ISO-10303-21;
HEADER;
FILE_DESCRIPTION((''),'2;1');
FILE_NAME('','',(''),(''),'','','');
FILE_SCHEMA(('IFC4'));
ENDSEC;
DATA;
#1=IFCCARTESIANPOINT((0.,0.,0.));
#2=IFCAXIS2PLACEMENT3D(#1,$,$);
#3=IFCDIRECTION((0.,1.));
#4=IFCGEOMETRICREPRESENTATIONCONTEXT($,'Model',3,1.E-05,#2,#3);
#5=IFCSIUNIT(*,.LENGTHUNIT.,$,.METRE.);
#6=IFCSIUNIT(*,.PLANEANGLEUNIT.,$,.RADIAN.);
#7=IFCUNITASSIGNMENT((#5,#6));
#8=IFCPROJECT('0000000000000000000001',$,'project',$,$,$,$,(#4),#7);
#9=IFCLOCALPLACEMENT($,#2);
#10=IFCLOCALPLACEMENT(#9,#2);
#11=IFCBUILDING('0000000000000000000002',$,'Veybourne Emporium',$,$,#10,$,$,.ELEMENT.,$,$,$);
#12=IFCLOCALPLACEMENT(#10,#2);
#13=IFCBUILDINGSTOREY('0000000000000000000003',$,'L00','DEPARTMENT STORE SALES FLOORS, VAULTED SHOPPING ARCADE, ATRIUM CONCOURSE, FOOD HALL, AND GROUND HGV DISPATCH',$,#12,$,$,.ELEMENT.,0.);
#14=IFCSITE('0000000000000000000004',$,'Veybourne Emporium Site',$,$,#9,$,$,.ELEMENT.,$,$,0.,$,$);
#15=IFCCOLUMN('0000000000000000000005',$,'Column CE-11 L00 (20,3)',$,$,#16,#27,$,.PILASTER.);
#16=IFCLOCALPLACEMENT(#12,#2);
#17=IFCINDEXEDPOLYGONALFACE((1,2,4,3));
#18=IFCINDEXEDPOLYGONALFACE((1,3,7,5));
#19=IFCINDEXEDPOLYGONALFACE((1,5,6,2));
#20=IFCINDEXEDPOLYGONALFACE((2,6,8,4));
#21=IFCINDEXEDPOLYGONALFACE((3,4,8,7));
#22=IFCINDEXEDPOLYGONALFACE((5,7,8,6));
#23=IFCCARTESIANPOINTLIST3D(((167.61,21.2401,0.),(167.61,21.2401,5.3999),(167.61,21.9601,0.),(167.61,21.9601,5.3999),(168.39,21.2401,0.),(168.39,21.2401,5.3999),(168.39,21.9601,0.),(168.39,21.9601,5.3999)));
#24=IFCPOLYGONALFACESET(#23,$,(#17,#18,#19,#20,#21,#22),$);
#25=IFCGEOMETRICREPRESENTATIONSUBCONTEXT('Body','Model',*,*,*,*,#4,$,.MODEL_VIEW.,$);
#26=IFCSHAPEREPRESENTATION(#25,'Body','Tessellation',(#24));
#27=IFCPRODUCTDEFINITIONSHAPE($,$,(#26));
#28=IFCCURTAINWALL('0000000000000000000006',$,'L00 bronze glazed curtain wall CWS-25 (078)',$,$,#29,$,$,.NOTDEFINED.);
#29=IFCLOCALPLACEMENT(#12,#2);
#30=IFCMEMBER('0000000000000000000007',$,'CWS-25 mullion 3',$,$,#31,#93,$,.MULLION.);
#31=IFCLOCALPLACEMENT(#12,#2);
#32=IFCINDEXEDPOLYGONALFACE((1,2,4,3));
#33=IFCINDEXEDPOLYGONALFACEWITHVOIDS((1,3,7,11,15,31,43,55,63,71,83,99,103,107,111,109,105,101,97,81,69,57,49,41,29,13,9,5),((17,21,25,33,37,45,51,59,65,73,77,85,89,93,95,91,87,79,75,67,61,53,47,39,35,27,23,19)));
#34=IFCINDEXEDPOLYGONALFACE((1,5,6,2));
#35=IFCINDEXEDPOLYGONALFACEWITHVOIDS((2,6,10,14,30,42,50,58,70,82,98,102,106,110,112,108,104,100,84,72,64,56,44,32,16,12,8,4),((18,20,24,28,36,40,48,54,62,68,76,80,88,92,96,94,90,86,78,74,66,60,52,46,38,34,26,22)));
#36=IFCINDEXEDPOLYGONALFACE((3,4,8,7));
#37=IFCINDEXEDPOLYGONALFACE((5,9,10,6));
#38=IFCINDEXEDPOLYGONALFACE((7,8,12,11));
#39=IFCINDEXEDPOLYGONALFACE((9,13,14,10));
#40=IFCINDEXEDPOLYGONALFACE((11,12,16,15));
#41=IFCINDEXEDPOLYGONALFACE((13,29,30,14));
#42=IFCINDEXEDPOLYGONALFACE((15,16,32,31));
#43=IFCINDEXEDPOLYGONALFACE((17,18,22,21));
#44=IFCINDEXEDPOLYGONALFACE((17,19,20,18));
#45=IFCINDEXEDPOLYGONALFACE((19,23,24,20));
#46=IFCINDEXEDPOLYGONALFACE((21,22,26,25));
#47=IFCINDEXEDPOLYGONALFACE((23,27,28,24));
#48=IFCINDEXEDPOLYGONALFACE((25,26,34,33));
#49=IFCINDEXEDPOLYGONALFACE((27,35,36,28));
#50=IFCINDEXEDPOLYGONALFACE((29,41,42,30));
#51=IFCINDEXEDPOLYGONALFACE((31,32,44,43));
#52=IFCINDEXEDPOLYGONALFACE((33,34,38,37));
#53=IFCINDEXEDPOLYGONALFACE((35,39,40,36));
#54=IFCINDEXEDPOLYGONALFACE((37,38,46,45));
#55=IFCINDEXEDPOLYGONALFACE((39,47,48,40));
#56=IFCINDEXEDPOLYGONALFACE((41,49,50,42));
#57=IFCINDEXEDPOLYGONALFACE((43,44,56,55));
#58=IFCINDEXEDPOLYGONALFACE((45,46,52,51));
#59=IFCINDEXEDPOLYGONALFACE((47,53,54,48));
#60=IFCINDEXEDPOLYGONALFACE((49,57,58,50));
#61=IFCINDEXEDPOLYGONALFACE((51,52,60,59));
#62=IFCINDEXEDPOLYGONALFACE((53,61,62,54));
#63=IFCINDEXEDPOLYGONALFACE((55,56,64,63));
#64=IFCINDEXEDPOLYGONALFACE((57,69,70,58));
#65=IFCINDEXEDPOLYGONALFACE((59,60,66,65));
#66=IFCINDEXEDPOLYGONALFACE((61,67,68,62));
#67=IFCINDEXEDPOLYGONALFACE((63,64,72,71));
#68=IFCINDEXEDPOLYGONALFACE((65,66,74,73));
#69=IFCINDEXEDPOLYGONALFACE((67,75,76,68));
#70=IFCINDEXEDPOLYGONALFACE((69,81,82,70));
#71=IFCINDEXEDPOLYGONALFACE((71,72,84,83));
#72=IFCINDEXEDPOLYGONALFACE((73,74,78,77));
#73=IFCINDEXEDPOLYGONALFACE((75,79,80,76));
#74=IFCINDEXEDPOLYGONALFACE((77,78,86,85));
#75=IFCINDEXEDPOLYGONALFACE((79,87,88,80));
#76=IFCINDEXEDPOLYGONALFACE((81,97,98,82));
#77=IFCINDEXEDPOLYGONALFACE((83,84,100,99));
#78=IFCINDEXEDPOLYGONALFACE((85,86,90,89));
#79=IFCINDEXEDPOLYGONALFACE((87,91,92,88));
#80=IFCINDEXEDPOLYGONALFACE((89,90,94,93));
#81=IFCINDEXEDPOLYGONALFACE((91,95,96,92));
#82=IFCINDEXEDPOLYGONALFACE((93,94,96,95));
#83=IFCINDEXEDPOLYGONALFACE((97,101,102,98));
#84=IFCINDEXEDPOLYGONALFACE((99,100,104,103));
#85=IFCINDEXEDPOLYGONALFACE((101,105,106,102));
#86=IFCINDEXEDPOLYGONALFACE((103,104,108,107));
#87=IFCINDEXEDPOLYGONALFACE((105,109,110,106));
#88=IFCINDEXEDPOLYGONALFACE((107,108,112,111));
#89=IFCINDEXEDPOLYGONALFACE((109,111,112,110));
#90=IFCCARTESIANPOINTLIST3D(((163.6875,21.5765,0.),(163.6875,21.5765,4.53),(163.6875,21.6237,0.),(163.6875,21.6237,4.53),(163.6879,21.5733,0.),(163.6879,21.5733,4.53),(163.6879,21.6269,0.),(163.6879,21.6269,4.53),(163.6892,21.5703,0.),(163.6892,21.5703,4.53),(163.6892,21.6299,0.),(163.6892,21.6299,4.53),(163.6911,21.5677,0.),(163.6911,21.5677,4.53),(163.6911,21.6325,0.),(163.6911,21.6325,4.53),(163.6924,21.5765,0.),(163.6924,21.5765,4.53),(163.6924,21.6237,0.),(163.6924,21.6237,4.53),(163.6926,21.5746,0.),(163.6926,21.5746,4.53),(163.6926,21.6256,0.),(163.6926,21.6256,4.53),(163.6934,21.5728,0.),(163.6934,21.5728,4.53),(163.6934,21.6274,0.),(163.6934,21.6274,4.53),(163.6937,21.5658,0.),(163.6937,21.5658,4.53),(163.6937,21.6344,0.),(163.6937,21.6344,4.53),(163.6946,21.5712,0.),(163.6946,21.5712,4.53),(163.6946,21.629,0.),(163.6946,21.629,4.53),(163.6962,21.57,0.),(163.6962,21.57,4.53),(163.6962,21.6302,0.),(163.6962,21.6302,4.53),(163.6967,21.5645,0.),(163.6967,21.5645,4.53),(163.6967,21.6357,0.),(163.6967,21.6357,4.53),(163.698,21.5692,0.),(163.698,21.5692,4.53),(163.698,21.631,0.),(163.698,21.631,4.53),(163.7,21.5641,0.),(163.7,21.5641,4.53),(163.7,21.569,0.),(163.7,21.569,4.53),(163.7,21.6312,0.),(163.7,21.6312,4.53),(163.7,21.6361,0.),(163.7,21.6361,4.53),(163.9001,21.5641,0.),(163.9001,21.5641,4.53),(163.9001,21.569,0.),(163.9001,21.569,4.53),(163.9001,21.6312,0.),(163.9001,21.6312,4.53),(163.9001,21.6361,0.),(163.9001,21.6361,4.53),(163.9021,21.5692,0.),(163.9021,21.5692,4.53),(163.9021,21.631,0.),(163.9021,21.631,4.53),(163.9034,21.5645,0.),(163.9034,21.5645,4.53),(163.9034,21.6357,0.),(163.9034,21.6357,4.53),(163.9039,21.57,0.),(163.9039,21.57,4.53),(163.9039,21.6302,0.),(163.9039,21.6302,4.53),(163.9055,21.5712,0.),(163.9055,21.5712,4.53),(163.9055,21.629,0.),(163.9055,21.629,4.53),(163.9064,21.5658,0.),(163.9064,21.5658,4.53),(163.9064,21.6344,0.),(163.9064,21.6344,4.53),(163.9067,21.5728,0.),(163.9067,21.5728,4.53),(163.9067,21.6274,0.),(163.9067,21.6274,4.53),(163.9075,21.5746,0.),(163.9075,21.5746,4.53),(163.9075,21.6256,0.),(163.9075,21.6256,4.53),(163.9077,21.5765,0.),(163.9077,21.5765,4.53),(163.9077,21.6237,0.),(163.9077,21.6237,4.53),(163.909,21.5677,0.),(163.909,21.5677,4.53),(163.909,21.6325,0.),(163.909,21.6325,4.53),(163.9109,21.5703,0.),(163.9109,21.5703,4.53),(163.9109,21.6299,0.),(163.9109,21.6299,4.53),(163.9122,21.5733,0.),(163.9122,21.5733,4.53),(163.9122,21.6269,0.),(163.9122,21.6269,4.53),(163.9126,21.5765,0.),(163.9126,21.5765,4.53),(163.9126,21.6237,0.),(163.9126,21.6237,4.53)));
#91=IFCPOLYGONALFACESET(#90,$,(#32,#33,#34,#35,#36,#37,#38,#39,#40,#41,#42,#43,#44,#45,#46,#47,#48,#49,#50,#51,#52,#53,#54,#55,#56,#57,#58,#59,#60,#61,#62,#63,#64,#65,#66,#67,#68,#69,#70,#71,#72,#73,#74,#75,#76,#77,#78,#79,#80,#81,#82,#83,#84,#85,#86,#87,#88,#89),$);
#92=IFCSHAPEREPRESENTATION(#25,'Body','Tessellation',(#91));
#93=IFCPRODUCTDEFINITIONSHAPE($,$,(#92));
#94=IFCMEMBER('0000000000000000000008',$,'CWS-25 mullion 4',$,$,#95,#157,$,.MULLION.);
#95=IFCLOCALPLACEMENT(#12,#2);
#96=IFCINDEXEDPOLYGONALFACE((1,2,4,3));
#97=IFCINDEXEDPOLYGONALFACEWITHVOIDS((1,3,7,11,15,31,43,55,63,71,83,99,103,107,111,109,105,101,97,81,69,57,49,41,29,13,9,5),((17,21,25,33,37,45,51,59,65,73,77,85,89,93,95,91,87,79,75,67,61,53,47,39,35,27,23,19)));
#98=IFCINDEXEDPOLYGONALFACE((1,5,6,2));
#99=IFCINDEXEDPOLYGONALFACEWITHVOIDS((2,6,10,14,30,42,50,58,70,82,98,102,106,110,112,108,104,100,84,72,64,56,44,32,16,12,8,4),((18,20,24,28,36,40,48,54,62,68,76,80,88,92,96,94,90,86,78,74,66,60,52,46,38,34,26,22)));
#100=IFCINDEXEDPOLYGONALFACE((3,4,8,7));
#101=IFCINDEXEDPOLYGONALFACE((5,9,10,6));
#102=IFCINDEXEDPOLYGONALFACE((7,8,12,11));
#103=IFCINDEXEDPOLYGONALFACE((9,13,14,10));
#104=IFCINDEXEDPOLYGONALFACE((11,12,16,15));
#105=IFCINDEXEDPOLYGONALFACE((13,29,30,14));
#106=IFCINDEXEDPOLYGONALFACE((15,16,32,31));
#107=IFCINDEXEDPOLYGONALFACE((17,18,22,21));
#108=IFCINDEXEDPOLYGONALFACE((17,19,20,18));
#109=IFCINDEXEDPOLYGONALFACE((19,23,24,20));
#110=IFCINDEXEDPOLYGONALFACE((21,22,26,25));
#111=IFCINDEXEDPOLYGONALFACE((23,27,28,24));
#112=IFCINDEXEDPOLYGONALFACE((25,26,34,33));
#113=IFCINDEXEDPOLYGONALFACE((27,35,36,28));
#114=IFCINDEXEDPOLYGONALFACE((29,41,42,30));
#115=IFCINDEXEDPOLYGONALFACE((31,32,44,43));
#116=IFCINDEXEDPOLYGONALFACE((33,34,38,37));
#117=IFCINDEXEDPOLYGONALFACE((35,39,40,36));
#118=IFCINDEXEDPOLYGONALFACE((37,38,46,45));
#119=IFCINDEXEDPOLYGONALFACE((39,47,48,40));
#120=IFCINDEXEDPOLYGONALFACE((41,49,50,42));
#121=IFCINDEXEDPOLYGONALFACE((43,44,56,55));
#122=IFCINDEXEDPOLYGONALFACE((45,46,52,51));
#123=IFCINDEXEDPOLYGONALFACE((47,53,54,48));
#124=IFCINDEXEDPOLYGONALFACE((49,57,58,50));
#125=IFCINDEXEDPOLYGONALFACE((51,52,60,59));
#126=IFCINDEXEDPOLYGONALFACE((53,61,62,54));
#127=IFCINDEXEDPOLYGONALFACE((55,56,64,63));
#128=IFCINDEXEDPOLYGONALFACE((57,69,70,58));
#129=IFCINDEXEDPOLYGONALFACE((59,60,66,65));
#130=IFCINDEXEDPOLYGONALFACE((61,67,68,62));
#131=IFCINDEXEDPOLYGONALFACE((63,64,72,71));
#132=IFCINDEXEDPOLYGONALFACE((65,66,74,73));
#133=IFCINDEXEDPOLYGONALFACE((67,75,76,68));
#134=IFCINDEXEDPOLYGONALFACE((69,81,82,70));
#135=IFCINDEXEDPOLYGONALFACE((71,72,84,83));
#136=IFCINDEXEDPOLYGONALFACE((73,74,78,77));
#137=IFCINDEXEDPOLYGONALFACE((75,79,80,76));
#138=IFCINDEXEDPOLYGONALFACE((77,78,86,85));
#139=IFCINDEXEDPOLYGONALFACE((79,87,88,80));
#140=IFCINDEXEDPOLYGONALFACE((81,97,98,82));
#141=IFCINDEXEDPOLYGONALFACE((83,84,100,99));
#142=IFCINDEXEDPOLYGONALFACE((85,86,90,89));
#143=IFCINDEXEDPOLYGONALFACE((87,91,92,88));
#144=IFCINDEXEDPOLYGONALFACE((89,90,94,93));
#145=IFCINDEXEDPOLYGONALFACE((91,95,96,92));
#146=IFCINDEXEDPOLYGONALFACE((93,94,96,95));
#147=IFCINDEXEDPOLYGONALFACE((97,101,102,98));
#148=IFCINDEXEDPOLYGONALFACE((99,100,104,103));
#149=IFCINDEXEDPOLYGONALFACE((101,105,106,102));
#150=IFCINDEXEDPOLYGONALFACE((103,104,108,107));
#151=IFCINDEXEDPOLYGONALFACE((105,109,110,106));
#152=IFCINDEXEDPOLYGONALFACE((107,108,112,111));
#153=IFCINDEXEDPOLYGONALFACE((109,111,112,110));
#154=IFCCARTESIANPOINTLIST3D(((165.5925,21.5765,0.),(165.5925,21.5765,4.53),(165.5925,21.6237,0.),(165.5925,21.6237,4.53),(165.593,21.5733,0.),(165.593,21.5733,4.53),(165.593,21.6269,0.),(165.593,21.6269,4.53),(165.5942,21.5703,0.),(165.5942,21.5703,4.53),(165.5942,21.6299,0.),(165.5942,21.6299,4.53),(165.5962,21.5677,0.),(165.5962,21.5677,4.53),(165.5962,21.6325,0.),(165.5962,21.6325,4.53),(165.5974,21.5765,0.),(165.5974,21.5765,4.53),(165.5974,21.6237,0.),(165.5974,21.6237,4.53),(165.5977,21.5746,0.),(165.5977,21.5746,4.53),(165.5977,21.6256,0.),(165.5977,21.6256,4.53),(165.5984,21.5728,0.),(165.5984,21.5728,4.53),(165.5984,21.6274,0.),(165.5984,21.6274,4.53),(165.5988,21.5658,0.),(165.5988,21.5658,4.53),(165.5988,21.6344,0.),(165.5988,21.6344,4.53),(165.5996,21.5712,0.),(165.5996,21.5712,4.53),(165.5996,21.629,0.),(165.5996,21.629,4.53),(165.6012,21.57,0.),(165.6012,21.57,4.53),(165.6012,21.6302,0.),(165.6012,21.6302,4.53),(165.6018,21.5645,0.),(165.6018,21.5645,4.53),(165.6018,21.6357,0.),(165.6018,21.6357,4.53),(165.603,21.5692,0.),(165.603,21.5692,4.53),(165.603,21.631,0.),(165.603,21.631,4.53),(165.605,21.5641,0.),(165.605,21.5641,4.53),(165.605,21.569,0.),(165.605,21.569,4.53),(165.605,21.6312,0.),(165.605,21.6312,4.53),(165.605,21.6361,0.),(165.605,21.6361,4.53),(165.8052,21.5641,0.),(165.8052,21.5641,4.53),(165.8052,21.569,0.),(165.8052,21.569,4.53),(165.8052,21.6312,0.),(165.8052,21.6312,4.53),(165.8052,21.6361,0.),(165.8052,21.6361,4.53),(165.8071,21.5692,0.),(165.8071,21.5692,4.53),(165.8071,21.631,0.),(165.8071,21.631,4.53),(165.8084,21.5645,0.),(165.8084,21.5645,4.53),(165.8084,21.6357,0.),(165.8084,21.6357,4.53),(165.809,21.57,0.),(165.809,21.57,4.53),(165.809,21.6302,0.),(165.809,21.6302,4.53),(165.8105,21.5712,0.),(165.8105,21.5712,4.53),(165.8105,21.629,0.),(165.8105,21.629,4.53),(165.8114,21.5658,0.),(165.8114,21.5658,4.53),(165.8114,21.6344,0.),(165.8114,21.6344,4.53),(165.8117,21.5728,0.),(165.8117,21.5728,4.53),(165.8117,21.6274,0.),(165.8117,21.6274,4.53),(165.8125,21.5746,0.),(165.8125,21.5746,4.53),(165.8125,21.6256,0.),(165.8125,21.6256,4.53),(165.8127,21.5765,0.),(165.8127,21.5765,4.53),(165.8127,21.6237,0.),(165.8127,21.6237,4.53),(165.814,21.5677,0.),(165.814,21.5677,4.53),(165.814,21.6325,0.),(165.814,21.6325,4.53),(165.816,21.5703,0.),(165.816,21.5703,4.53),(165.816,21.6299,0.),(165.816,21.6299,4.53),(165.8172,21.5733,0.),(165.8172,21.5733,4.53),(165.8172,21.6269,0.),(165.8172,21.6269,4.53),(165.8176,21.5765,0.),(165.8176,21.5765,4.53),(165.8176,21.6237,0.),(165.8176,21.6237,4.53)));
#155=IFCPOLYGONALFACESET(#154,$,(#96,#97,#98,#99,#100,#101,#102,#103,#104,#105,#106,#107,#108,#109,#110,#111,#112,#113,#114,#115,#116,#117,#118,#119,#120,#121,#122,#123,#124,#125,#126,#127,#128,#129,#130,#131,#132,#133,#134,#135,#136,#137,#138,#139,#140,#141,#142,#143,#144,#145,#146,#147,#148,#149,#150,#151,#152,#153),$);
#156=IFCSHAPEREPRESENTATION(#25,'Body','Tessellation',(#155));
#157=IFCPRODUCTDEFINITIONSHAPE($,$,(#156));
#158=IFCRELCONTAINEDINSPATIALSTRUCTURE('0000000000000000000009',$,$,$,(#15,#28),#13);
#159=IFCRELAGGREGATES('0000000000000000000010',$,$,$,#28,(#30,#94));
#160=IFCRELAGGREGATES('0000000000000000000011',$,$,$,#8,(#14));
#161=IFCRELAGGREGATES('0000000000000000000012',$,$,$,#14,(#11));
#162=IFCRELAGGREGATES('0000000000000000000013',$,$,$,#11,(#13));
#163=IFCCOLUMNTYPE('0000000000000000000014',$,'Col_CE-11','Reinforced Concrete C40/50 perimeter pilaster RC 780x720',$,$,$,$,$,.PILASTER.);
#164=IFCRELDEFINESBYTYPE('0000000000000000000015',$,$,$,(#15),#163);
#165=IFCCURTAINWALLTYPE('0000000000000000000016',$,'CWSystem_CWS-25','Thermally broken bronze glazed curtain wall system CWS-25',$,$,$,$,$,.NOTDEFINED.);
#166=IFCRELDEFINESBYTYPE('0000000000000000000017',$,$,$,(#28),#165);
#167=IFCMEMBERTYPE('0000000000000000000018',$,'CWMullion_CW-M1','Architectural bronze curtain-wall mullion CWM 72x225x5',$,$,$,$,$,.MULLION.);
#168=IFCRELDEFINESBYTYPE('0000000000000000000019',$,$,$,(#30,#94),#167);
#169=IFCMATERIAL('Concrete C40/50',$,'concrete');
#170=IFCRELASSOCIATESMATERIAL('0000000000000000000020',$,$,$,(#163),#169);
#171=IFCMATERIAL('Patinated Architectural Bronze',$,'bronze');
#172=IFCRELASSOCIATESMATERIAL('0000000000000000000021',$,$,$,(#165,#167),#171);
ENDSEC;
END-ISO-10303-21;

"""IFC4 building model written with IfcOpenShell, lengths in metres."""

from ifc_helpers import new_model, si_unit, direction, frame, origin, origin_2d, place, context, subcontext, project, spatial, rectangle, hollow_rectangle, extrude, material, material_profile, profile_set, type_object, element, aggregate, save


model = new_model("IFC4")

# Units and contexts
model_context = context("Model", 3, precision=1e-05, world=origin(), true_north=direction((0.0, 1.0)))
body_context = subcontext(model_context, "Body", "Model", "MODEL_VIEW")
ifc_project = project(units=[si_unit("LENGTHUNIT", "METRE"), si_unit("PLANEANGLEUNIT", "RADIAN")], contexts=[model_context])

# Site, building, storey
site_placement = place(None, origin())
site = spatial("IfcSite", under=ifc_project, at=site_placement, Name="Veybourne Emporium Site", CompositionType="ELEMENT", RefElevation=0.0)
building_placement = place(site_placement, origin())
building = spatial("IfcBuilding", under=site, at=building_placement, Name="Veybourne Emporium", CompositionType="ELEMENT")
storey_placement = place(building_placement, origin())
storey = spatial("IfcBuildingStorey", under=building, at=storey_placement, Name="L00", Description="DEPARTMENT STORE SALES FLOORS, VAULTED SHOPPING ARCADE, ATRIUM CONCOURSE, FOOD HALL, AND GROUND HGV DISPATCH", CompositionType="ELEMENT", Elevation=0.0)

# Column
ifc_material_1 = material(Name="Concrete C40/50", Category="concrete")
ifc_material_profile_1 = material_profile(ifc_material_1, rectangle(XDim=0.78, YDim=0.72, at=origin_2d()), Name="RC 780x720")
ifc_profile_set_1 = profile_set([ifc_material_profile_1], Name="Concrete C40/50")
column_type = type_object("IfcColumnType", Name="Col_CE-11", Description="Reinforced Concrete C40/50 perimeter pilaster RC 780x720", PredefinedType="PILASTER", material=ifc_profile_set_1)
column_placement = place(storey_placement, frame((168.0, 21.6001, 0.0), z_axis=(0.0, 0.0, 1.0), x_axis=(1.0, 0.0, 0.0)))
element("IfcColumn", 1, at=column_placement, inside=storey, type_object=column_type, Name="Column CE-11 L00 (20,3)", PredefinedType="PILASTER", context=body_context, shape_type="SweptSolid", body=[
    extrude(rectangle(XDim=0.78, YDim=0.72, at=origin_2d()), origin(), (0.0, 0.0, 1.0), 5.3999),
])

# Curtain wall, members
ifc_material_2 = material(Name="Patinated Architectural Bronze", Category="bronze")
curtain_wall_type_1 = type_object("IfcCurtainWallType", Name="CWSystem_CWS-25", Description="Thermally broken bronze glazed curtain wall system CWS-25", PredefinedType="NOTDEFINED", material=ifc_material_2)
curtain_wall_1_placement = place(storey_placement, origin())
curtain_wall_1 = element("IfcCurtainWall", 2, at=curtain_wall_1_placement, inside=storey, type_object=curtain_wall_type_1, Name="L00 bronze glazed curtain wall CWS-25 (078)", PredefinedType="NOTDEFINED")
ifc_material_profile_2 = material_profile(ifc_material_2, hollow_rectangle(XDim=0.072, YDim=0.2251, WallThickness=0.0049, InnerFilletRadius=0.0076, OuterFilletRadius=0.0125, at=origin_2d()), Name="CWM 72x225x5")
ifc_profile_set_2 = profile_set([ifc_material_profile_2], Name="Patinated Architectural Bronze")
member_type_1 = type_object("IfcMemberType", Name="CWMullion_CW-M1", Description="Architectural bronze curtain-wall mullion CWM 72x225x5", PredefinedType="MULLION", material=ifc_profile_set_2)
member_1_placement = place(storey_placement, frame((163.8, 21.6001, 0.0), z_axis=(0.0, 0.0, 1.0), x_axis=(0.0, 1.0, 0.0)))
member_1 = element("IfcMember", 3, at=member_1_placement, type_object=member_type_1, Name="CWS-25 mullion 3", PredefinedType="MULLION", context=body_context, shape_type="SweptSolid", body=[
    extrude(hollow_rectangle(XDim=0.072, YDim=0.2251, WallThickness=0.0049, InnerFilletRadius=0.0076, OuterFilletRadius=0.0125, at=origin_2d()), origin(), (0.0, 0.0, 1.0), 4.53),
])
member_2_placement = place(storey_placement, frame((165.7051, 21.6001, 0.0), z_axis=(0.0, 0.0, 1.0), x_axis=(0.0, 1.0, 0.0)))
member_2 = element("IfcMember", 4, at=member_2_placement, type_object=member_type_1, Name="CWS-25 mullion 4", PredefinedType="MULLION", context=body_context, shape_type="SweptSolid", body=[
    extrude(hollow_rectangle(XDim=0.072, YDim=0.2251, WallThickness=0.0049, InnerFilletRadius=0.0076, OuterFilletRadius=0.0125, at=origin_2d()), origin(), (0.0, 0.0, 1.0), 4.53),
])

aggregate(curtain_wall_1, [member_1, member_2])

save(model, "model.ifc")
